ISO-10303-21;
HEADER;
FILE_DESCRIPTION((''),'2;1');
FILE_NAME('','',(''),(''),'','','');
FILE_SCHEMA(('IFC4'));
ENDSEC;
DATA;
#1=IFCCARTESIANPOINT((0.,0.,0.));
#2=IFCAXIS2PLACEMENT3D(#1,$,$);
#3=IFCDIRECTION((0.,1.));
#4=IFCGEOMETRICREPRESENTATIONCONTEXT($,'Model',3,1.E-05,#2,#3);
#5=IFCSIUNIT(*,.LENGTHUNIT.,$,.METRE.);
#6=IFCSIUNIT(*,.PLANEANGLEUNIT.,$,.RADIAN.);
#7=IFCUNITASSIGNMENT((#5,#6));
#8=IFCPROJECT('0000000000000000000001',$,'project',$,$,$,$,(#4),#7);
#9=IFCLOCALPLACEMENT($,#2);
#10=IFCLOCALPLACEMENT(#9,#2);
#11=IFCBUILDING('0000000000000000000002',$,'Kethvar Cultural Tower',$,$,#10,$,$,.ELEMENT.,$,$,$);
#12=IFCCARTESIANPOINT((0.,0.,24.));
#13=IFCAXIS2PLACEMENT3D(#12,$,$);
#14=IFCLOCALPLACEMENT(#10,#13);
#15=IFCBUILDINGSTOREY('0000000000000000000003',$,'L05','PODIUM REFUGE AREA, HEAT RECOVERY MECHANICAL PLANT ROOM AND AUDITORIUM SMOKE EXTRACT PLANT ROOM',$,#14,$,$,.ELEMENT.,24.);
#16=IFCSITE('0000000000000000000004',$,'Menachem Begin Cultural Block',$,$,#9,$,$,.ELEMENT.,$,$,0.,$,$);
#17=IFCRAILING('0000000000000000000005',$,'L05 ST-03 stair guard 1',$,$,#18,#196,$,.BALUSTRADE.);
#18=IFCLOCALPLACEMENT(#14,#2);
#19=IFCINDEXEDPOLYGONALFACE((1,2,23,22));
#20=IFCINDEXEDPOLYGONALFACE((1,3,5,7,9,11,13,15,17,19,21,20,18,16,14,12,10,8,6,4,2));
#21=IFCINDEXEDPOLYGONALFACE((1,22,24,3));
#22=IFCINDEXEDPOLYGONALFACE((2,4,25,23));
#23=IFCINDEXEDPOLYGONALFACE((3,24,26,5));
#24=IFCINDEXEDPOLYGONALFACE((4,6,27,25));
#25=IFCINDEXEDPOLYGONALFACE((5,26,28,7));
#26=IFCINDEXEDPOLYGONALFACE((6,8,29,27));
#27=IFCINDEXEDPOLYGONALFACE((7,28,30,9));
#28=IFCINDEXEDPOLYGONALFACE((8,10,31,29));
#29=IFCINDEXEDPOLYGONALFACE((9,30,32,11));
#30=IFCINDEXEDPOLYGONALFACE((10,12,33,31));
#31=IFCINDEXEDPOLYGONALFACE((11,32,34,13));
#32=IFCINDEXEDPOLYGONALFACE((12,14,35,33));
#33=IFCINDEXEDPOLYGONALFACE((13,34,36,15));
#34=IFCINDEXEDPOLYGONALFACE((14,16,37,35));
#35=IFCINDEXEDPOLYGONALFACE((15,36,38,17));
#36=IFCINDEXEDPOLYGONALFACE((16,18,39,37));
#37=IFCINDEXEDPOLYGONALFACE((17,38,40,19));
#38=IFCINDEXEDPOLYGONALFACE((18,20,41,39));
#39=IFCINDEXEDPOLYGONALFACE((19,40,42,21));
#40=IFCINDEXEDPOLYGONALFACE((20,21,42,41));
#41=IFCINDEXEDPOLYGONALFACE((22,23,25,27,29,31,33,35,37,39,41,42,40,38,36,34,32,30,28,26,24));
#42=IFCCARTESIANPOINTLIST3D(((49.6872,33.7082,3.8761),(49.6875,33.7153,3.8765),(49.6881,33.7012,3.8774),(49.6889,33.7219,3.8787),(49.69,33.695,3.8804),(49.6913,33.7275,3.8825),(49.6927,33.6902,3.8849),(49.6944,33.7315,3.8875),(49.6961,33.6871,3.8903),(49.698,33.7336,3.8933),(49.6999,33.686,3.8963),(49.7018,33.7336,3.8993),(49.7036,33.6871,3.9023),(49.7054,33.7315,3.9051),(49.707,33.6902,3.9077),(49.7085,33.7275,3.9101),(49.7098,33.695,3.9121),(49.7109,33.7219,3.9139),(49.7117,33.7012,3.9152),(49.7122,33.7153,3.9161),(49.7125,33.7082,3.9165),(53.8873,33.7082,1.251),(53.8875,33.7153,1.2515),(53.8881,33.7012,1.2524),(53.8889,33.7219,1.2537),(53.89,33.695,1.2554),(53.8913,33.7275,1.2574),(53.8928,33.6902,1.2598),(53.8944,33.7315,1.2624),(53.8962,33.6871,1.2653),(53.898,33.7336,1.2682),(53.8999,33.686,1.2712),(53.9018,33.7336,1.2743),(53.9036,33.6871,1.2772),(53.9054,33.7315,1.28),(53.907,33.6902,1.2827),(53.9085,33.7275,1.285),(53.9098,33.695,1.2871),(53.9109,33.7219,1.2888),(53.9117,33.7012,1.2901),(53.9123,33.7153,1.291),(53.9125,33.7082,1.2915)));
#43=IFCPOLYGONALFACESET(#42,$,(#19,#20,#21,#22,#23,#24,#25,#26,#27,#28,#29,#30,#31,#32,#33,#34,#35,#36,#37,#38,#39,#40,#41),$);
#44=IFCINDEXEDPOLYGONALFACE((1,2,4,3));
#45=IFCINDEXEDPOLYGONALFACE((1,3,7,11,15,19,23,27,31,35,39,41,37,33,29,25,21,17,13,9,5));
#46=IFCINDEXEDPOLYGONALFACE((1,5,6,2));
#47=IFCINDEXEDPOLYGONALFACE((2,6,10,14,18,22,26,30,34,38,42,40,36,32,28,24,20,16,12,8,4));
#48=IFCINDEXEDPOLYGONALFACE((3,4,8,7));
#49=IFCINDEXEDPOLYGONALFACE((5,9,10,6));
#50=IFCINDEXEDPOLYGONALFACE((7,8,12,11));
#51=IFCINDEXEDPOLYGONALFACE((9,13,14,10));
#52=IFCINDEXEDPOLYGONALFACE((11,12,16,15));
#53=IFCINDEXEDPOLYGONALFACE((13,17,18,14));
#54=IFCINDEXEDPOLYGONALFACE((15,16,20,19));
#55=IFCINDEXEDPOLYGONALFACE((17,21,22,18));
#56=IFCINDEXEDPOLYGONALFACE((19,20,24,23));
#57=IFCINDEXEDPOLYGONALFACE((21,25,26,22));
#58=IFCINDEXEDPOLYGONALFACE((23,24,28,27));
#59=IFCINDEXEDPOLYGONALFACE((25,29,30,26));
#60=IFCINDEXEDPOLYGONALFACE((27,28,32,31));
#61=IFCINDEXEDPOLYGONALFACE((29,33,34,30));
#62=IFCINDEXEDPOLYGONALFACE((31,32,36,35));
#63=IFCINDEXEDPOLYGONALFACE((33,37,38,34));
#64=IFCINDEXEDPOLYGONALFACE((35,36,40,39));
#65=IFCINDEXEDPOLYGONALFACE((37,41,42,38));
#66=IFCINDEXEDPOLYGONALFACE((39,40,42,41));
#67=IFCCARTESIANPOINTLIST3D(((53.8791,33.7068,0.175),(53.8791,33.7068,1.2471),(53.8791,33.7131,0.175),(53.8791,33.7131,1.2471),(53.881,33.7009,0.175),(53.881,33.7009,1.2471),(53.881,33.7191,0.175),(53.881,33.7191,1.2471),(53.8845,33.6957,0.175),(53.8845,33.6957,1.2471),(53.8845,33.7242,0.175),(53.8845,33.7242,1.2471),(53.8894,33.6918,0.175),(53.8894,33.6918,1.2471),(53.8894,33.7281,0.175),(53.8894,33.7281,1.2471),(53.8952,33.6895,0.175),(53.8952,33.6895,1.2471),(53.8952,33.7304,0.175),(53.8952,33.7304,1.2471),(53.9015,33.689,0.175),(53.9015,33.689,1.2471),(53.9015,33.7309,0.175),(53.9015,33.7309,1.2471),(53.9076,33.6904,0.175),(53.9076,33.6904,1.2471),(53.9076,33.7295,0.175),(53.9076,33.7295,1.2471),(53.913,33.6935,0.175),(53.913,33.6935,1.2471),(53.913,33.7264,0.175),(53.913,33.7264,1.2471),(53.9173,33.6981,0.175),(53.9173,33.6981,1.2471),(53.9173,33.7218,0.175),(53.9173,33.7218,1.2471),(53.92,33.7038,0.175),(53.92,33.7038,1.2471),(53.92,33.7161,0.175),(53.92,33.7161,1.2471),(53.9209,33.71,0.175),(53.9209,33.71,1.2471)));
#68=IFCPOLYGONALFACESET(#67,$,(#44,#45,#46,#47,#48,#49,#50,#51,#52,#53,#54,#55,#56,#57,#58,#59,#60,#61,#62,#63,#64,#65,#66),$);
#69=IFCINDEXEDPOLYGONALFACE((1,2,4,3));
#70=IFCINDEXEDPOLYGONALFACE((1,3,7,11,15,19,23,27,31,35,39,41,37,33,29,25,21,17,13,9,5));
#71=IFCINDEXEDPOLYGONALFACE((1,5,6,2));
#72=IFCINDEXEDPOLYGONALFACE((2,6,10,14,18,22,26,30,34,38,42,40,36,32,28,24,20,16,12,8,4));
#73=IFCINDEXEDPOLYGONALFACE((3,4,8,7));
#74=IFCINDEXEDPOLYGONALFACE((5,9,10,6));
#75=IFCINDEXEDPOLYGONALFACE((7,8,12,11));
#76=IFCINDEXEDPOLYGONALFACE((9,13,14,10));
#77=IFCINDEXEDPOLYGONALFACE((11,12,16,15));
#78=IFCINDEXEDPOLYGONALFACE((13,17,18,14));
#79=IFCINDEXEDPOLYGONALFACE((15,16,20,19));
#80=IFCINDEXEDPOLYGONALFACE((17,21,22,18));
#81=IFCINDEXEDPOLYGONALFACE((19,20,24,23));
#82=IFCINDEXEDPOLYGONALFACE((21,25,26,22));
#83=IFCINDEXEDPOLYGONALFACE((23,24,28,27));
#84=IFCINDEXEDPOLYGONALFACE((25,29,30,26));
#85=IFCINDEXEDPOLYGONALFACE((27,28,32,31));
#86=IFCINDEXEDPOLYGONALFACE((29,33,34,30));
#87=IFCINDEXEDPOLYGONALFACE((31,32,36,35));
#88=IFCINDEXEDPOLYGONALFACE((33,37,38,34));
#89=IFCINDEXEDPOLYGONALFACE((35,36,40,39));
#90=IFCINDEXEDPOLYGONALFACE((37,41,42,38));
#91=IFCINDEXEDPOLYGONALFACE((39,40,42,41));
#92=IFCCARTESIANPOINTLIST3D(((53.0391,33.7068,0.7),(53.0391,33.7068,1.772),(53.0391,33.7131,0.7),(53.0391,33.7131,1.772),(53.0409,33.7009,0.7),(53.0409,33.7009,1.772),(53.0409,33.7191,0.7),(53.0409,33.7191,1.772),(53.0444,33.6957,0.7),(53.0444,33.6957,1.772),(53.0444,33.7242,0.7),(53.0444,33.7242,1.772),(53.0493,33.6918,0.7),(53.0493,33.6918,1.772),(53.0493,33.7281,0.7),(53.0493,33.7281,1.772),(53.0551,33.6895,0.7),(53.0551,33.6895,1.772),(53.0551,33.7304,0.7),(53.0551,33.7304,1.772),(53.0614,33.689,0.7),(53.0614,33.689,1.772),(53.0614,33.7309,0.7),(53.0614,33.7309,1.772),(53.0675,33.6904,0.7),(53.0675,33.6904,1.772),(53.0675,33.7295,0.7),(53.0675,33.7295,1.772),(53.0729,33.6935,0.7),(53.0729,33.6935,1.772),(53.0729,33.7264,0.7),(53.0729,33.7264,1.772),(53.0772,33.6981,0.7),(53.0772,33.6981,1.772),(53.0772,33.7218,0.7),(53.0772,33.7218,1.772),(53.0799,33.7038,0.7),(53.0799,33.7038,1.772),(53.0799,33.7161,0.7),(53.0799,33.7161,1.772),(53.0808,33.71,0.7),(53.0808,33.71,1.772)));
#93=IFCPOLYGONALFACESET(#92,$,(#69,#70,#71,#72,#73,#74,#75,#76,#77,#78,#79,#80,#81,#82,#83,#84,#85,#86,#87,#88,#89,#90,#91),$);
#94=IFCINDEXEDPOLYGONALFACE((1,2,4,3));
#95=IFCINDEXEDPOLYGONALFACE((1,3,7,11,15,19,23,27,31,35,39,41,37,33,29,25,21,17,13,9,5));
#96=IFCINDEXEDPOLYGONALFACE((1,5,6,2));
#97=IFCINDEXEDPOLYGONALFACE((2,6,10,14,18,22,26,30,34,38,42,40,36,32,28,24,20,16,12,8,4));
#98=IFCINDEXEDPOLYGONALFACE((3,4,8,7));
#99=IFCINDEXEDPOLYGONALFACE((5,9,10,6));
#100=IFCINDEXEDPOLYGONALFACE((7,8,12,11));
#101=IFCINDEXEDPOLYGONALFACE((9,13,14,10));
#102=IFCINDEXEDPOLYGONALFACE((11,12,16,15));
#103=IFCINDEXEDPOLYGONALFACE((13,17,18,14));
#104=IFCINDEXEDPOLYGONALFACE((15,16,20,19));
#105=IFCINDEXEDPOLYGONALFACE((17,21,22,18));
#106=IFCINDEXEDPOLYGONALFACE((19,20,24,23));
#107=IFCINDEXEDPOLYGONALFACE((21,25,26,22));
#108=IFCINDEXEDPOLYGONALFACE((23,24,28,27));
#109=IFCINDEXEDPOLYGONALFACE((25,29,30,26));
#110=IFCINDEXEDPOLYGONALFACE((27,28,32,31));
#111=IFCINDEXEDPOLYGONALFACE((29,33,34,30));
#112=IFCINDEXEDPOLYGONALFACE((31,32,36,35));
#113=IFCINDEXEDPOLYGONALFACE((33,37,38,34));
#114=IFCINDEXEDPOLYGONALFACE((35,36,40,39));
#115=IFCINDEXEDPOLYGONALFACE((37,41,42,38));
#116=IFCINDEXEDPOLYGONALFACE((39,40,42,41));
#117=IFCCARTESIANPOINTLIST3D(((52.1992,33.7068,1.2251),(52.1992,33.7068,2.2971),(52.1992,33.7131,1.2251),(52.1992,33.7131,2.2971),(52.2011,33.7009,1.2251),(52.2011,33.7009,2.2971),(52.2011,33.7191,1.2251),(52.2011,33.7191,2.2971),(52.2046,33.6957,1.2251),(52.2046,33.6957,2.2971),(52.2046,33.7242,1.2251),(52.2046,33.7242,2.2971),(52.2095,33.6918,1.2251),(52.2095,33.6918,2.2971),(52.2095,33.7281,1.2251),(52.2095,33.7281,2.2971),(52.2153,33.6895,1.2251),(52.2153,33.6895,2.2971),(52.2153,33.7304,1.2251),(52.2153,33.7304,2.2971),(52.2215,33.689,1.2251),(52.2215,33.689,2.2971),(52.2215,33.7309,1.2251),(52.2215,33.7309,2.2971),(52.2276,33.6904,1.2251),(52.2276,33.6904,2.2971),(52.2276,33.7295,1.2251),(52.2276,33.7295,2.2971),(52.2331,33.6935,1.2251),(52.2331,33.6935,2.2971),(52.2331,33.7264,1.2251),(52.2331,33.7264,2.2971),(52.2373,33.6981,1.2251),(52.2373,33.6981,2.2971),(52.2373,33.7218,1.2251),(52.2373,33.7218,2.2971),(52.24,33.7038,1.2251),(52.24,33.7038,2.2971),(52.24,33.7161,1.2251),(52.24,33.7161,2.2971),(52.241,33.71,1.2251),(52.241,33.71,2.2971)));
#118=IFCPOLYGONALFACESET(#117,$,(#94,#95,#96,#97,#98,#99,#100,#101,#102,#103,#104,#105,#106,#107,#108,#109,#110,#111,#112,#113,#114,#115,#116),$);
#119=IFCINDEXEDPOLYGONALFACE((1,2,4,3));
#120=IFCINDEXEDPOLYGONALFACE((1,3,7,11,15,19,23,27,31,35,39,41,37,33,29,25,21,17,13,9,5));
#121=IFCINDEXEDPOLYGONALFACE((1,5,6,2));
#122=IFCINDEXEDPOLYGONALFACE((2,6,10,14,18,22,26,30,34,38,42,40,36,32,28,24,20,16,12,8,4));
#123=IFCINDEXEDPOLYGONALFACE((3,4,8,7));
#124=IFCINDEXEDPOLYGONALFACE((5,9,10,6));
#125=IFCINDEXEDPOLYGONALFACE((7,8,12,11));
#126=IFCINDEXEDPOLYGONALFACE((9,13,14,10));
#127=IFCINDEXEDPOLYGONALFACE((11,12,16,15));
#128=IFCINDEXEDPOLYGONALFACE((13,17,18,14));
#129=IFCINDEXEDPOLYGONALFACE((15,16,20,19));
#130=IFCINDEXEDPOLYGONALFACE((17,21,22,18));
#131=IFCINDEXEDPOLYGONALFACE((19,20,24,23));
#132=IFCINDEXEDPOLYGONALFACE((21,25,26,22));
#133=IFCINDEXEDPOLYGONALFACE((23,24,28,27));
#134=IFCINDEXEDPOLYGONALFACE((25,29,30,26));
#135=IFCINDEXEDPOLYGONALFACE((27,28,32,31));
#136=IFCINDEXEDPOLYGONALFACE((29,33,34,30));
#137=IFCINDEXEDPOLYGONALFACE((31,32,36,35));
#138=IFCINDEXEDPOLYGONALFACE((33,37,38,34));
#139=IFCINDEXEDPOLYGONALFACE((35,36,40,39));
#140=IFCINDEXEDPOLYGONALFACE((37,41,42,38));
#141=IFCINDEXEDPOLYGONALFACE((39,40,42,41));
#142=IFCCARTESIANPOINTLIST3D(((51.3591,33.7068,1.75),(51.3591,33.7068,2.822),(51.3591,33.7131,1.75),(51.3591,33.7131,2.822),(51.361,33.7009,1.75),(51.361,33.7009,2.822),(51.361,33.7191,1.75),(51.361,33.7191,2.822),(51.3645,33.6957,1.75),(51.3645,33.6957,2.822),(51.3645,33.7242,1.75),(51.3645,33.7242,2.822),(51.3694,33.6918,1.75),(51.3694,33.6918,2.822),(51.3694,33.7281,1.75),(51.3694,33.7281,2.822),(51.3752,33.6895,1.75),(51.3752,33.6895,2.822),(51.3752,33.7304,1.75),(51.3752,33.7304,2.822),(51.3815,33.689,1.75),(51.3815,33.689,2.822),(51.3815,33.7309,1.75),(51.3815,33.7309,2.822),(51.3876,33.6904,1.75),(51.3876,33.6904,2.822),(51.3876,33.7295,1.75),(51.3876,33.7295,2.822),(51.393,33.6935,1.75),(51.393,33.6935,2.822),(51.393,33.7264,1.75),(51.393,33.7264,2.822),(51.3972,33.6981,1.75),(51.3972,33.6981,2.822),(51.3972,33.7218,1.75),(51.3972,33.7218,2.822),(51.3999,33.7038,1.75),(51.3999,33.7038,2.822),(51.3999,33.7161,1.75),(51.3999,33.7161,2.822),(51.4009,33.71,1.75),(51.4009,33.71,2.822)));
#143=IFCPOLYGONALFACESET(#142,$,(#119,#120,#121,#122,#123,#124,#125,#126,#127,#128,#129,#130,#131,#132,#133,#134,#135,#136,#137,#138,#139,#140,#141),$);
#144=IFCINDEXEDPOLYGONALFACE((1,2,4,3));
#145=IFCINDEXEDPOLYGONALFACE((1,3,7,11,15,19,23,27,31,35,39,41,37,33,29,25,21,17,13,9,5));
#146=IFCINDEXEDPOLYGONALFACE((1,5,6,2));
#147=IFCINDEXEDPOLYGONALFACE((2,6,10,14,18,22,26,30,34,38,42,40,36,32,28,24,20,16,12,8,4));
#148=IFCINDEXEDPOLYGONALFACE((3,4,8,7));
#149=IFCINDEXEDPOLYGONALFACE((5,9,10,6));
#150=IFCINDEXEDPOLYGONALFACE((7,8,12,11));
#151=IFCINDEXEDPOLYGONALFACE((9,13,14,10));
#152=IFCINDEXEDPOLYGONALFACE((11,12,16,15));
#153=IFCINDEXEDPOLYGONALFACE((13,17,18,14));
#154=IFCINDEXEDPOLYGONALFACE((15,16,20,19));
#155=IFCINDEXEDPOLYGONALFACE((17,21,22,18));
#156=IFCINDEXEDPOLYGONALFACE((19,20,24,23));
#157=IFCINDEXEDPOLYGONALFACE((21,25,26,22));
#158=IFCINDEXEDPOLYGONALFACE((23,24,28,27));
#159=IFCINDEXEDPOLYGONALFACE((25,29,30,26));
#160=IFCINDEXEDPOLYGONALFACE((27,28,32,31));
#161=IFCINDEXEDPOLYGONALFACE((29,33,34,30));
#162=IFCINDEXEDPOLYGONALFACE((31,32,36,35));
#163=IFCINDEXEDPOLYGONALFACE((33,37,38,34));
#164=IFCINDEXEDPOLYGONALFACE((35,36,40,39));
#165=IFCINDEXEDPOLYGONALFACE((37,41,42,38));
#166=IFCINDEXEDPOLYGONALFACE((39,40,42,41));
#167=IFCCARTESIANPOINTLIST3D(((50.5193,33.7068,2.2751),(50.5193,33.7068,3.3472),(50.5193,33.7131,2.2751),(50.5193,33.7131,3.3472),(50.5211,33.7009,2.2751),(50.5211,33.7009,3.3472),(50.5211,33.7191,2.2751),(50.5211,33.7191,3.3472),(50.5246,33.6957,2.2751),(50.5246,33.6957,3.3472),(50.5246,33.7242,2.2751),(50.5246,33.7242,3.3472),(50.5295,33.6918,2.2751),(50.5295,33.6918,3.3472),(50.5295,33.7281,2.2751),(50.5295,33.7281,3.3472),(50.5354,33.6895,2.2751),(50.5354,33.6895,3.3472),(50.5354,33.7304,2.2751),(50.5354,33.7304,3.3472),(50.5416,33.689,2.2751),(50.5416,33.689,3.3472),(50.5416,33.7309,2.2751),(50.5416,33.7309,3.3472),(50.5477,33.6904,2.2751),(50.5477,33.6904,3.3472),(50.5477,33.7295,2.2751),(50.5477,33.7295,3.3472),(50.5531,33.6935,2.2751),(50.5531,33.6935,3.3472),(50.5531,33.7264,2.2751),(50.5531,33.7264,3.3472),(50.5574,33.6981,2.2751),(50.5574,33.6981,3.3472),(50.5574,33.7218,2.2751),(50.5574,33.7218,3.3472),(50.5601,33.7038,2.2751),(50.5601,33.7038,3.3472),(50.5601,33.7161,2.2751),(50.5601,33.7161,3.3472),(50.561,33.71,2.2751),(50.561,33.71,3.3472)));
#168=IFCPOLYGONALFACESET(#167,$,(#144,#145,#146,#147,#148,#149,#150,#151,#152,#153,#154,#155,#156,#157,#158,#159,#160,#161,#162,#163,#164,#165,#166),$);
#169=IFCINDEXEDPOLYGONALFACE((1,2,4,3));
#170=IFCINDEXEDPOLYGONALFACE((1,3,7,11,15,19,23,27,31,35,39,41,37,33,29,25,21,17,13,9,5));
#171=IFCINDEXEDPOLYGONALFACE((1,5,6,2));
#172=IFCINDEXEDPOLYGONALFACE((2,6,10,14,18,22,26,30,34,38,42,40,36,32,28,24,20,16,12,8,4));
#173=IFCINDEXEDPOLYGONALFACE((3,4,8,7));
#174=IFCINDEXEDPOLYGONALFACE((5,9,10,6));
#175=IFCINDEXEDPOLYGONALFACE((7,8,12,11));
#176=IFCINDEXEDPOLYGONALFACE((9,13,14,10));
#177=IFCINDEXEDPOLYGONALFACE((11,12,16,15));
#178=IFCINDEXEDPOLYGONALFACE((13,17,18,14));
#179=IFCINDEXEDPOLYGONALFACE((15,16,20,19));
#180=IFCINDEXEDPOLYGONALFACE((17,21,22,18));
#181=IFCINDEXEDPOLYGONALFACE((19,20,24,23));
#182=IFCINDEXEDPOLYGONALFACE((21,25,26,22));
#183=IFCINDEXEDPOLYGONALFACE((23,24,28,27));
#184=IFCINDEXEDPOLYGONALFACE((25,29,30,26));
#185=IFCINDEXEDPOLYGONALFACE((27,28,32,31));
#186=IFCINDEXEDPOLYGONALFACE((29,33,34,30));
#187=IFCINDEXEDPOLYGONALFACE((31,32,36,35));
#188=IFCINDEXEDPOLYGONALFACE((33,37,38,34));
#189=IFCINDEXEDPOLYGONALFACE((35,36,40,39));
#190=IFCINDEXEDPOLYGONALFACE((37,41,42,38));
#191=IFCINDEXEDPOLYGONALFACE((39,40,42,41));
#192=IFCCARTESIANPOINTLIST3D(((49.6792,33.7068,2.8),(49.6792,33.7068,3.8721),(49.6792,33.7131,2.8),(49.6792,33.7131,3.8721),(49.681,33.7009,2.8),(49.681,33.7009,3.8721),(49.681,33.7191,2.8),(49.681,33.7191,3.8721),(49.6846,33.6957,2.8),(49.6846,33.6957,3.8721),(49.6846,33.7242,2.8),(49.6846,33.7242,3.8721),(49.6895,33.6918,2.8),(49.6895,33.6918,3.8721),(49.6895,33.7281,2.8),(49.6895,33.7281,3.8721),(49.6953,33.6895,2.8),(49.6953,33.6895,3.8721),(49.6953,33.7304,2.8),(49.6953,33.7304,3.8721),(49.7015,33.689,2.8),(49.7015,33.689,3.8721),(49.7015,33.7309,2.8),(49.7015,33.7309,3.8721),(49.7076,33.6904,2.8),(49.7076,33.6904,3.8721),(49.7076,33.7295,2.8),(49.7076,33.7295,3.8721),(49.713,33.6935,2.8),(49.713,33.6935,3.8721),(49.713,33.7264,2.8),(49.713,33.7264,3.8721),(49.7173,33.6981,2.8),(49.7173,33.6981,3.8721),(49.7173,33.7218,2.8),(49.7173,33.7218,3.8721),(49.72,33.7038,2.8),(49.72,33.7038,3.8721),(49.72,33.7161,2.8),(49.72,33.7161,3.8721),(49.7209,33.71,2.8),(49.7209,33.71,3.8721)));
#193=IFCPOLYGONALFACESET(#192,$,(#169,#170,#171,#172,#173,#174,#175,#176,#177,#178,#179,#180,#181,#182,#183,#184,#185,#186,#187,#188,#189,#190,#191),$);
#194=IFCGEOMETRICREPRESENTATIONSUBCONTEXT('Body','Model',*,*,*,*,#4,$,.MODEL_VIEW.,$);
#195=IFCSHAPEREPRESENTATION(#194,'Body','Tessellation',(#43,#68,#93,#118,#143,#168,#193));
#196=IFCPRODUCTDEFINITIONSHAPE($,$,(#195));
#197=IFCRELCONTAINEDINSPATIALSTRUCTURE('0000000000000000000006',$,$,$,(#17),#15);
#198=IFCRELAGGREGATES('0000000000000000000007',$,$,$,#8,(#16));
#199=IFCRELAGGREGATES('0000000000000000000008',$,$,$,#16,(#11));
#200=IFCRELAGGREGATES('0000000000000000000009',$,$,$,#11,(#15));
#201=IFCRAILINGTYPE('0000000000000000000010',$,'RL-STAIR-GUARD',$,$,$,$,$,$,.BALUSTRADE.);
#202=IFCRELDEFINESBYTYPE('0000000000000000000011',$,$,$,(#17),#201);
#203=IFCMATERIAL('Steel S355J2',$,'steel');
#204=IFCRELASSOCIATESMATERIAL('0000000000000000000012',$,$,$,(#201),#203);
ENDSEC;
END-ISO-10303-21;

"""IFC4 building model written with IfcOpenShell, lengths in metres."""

from ifc_helpers import new_model, si_unit, direction, frame, origin, origin_2d, place, context, subcontext, project, spatial, circle, extrude, material, type_object, element, save


model = new_model("IFC4")

# Units and contexts
model_context = context("Model", 3, precision=1e-05, world=origin(), true_north=direction((0.0, 1.0)))
body_context = subcontext(model_context, "Body", "Model", "MODEL_VIEW")
ifc_project = project(units=[si_unit("LENGTHUNIT", "METRE"), si_unit("PLANEANGLEUNIT", "RADIAN")], contexts=[model_context])

# Site, building, storey
site_placement = place(None, origin())
site = spatial("IfcSite", under=ifc_project, at=site_placement, Name="Menachem Begin Cultural Block", CompositionType="ELEMENT", RefElevation=0.0)
building_placement = place(site_placement, origin())
building = spatial("IfcBuilding", under=site, at=building_placement, Name="Kethvar Cultural Tower", CompositionType="ELEMENT")
storey_placement = place(building_placement, frame((0.0, 0.0, 24.0)))
storey = spatial("IfcBuildingStorey", under=building, at=storey_placement, Name="L05", Description="PODIUM REFUGE AREA, HEAT RECOVERY MECHANICAL PLANT ROOM AND AUDITORIUM SMOKE EXTRACT PLANT ROOM", CompositionType="ELEMENT", Elevation=24.0)

# Railing
ifc_material_1 = material(Name="Steel S355J2", Category="steel")
railing_type_1 = type_object("IfcRailingType", Name="RL-STAIR-GUARD", PredefinedType="BALUSTRADE", material=ifc_material_1)
railing_1_placement = place(storey_placement, frame((53.8999, 33.71, 0.175)))
element("IfcRailing", 1, at=railing_1_placement, inside=storey, type_object=railing_type_1, Name="L05 ST-03 stair guard 1", PredefinedType="BALUSTRADE", context=body_context, shape_type="SweptSolid", body=[
    extrude(circle(Radius=0.0239, at=origin_2d()), frame((0.0, 0.0, 1.0962), z_axis=(-0.847996, 0.0, 0.530003), x_axis=(0.0, -1.0, 0.0)), (0.0, 0.0, 1.0), 4.9529),
    extrude(circle(Radius=0.021, at=origin_2d()), origin(), (0.0, 0.0, 1.0), 1.072),
    extrude(circle(Radius=0.021, at=origin_2d()), frame((-0.8401, 0.0, 0.5249)), (0.0, 0.0, 1.0), 1.072),
    extrude(circle(Radius=0.021, at=origin_2d()), frame((-1.6799, 0.0, 1.05)), (0.0, 0.0, 1.0), 1.072),
    extrude(circle(Radius=0.021, at=origin_2d()), frame((-2.52, 0.0, 1.575)), (0.0, 0.0, 1.0), 1.072),
    extrude(circle(Radius=0.021, at=origin_2d()), frame((-3.3599, 0.0, 2.1001)), (0.0, 0.0, 1.0), 1.072),
    extrude(circle(Radius=0.021, at=origin_2d()), frame((-4.2, 0.0, 2.625)), (0.0, 0.0, 1.0), 1.072),
])

save(model, "model.ifc")
